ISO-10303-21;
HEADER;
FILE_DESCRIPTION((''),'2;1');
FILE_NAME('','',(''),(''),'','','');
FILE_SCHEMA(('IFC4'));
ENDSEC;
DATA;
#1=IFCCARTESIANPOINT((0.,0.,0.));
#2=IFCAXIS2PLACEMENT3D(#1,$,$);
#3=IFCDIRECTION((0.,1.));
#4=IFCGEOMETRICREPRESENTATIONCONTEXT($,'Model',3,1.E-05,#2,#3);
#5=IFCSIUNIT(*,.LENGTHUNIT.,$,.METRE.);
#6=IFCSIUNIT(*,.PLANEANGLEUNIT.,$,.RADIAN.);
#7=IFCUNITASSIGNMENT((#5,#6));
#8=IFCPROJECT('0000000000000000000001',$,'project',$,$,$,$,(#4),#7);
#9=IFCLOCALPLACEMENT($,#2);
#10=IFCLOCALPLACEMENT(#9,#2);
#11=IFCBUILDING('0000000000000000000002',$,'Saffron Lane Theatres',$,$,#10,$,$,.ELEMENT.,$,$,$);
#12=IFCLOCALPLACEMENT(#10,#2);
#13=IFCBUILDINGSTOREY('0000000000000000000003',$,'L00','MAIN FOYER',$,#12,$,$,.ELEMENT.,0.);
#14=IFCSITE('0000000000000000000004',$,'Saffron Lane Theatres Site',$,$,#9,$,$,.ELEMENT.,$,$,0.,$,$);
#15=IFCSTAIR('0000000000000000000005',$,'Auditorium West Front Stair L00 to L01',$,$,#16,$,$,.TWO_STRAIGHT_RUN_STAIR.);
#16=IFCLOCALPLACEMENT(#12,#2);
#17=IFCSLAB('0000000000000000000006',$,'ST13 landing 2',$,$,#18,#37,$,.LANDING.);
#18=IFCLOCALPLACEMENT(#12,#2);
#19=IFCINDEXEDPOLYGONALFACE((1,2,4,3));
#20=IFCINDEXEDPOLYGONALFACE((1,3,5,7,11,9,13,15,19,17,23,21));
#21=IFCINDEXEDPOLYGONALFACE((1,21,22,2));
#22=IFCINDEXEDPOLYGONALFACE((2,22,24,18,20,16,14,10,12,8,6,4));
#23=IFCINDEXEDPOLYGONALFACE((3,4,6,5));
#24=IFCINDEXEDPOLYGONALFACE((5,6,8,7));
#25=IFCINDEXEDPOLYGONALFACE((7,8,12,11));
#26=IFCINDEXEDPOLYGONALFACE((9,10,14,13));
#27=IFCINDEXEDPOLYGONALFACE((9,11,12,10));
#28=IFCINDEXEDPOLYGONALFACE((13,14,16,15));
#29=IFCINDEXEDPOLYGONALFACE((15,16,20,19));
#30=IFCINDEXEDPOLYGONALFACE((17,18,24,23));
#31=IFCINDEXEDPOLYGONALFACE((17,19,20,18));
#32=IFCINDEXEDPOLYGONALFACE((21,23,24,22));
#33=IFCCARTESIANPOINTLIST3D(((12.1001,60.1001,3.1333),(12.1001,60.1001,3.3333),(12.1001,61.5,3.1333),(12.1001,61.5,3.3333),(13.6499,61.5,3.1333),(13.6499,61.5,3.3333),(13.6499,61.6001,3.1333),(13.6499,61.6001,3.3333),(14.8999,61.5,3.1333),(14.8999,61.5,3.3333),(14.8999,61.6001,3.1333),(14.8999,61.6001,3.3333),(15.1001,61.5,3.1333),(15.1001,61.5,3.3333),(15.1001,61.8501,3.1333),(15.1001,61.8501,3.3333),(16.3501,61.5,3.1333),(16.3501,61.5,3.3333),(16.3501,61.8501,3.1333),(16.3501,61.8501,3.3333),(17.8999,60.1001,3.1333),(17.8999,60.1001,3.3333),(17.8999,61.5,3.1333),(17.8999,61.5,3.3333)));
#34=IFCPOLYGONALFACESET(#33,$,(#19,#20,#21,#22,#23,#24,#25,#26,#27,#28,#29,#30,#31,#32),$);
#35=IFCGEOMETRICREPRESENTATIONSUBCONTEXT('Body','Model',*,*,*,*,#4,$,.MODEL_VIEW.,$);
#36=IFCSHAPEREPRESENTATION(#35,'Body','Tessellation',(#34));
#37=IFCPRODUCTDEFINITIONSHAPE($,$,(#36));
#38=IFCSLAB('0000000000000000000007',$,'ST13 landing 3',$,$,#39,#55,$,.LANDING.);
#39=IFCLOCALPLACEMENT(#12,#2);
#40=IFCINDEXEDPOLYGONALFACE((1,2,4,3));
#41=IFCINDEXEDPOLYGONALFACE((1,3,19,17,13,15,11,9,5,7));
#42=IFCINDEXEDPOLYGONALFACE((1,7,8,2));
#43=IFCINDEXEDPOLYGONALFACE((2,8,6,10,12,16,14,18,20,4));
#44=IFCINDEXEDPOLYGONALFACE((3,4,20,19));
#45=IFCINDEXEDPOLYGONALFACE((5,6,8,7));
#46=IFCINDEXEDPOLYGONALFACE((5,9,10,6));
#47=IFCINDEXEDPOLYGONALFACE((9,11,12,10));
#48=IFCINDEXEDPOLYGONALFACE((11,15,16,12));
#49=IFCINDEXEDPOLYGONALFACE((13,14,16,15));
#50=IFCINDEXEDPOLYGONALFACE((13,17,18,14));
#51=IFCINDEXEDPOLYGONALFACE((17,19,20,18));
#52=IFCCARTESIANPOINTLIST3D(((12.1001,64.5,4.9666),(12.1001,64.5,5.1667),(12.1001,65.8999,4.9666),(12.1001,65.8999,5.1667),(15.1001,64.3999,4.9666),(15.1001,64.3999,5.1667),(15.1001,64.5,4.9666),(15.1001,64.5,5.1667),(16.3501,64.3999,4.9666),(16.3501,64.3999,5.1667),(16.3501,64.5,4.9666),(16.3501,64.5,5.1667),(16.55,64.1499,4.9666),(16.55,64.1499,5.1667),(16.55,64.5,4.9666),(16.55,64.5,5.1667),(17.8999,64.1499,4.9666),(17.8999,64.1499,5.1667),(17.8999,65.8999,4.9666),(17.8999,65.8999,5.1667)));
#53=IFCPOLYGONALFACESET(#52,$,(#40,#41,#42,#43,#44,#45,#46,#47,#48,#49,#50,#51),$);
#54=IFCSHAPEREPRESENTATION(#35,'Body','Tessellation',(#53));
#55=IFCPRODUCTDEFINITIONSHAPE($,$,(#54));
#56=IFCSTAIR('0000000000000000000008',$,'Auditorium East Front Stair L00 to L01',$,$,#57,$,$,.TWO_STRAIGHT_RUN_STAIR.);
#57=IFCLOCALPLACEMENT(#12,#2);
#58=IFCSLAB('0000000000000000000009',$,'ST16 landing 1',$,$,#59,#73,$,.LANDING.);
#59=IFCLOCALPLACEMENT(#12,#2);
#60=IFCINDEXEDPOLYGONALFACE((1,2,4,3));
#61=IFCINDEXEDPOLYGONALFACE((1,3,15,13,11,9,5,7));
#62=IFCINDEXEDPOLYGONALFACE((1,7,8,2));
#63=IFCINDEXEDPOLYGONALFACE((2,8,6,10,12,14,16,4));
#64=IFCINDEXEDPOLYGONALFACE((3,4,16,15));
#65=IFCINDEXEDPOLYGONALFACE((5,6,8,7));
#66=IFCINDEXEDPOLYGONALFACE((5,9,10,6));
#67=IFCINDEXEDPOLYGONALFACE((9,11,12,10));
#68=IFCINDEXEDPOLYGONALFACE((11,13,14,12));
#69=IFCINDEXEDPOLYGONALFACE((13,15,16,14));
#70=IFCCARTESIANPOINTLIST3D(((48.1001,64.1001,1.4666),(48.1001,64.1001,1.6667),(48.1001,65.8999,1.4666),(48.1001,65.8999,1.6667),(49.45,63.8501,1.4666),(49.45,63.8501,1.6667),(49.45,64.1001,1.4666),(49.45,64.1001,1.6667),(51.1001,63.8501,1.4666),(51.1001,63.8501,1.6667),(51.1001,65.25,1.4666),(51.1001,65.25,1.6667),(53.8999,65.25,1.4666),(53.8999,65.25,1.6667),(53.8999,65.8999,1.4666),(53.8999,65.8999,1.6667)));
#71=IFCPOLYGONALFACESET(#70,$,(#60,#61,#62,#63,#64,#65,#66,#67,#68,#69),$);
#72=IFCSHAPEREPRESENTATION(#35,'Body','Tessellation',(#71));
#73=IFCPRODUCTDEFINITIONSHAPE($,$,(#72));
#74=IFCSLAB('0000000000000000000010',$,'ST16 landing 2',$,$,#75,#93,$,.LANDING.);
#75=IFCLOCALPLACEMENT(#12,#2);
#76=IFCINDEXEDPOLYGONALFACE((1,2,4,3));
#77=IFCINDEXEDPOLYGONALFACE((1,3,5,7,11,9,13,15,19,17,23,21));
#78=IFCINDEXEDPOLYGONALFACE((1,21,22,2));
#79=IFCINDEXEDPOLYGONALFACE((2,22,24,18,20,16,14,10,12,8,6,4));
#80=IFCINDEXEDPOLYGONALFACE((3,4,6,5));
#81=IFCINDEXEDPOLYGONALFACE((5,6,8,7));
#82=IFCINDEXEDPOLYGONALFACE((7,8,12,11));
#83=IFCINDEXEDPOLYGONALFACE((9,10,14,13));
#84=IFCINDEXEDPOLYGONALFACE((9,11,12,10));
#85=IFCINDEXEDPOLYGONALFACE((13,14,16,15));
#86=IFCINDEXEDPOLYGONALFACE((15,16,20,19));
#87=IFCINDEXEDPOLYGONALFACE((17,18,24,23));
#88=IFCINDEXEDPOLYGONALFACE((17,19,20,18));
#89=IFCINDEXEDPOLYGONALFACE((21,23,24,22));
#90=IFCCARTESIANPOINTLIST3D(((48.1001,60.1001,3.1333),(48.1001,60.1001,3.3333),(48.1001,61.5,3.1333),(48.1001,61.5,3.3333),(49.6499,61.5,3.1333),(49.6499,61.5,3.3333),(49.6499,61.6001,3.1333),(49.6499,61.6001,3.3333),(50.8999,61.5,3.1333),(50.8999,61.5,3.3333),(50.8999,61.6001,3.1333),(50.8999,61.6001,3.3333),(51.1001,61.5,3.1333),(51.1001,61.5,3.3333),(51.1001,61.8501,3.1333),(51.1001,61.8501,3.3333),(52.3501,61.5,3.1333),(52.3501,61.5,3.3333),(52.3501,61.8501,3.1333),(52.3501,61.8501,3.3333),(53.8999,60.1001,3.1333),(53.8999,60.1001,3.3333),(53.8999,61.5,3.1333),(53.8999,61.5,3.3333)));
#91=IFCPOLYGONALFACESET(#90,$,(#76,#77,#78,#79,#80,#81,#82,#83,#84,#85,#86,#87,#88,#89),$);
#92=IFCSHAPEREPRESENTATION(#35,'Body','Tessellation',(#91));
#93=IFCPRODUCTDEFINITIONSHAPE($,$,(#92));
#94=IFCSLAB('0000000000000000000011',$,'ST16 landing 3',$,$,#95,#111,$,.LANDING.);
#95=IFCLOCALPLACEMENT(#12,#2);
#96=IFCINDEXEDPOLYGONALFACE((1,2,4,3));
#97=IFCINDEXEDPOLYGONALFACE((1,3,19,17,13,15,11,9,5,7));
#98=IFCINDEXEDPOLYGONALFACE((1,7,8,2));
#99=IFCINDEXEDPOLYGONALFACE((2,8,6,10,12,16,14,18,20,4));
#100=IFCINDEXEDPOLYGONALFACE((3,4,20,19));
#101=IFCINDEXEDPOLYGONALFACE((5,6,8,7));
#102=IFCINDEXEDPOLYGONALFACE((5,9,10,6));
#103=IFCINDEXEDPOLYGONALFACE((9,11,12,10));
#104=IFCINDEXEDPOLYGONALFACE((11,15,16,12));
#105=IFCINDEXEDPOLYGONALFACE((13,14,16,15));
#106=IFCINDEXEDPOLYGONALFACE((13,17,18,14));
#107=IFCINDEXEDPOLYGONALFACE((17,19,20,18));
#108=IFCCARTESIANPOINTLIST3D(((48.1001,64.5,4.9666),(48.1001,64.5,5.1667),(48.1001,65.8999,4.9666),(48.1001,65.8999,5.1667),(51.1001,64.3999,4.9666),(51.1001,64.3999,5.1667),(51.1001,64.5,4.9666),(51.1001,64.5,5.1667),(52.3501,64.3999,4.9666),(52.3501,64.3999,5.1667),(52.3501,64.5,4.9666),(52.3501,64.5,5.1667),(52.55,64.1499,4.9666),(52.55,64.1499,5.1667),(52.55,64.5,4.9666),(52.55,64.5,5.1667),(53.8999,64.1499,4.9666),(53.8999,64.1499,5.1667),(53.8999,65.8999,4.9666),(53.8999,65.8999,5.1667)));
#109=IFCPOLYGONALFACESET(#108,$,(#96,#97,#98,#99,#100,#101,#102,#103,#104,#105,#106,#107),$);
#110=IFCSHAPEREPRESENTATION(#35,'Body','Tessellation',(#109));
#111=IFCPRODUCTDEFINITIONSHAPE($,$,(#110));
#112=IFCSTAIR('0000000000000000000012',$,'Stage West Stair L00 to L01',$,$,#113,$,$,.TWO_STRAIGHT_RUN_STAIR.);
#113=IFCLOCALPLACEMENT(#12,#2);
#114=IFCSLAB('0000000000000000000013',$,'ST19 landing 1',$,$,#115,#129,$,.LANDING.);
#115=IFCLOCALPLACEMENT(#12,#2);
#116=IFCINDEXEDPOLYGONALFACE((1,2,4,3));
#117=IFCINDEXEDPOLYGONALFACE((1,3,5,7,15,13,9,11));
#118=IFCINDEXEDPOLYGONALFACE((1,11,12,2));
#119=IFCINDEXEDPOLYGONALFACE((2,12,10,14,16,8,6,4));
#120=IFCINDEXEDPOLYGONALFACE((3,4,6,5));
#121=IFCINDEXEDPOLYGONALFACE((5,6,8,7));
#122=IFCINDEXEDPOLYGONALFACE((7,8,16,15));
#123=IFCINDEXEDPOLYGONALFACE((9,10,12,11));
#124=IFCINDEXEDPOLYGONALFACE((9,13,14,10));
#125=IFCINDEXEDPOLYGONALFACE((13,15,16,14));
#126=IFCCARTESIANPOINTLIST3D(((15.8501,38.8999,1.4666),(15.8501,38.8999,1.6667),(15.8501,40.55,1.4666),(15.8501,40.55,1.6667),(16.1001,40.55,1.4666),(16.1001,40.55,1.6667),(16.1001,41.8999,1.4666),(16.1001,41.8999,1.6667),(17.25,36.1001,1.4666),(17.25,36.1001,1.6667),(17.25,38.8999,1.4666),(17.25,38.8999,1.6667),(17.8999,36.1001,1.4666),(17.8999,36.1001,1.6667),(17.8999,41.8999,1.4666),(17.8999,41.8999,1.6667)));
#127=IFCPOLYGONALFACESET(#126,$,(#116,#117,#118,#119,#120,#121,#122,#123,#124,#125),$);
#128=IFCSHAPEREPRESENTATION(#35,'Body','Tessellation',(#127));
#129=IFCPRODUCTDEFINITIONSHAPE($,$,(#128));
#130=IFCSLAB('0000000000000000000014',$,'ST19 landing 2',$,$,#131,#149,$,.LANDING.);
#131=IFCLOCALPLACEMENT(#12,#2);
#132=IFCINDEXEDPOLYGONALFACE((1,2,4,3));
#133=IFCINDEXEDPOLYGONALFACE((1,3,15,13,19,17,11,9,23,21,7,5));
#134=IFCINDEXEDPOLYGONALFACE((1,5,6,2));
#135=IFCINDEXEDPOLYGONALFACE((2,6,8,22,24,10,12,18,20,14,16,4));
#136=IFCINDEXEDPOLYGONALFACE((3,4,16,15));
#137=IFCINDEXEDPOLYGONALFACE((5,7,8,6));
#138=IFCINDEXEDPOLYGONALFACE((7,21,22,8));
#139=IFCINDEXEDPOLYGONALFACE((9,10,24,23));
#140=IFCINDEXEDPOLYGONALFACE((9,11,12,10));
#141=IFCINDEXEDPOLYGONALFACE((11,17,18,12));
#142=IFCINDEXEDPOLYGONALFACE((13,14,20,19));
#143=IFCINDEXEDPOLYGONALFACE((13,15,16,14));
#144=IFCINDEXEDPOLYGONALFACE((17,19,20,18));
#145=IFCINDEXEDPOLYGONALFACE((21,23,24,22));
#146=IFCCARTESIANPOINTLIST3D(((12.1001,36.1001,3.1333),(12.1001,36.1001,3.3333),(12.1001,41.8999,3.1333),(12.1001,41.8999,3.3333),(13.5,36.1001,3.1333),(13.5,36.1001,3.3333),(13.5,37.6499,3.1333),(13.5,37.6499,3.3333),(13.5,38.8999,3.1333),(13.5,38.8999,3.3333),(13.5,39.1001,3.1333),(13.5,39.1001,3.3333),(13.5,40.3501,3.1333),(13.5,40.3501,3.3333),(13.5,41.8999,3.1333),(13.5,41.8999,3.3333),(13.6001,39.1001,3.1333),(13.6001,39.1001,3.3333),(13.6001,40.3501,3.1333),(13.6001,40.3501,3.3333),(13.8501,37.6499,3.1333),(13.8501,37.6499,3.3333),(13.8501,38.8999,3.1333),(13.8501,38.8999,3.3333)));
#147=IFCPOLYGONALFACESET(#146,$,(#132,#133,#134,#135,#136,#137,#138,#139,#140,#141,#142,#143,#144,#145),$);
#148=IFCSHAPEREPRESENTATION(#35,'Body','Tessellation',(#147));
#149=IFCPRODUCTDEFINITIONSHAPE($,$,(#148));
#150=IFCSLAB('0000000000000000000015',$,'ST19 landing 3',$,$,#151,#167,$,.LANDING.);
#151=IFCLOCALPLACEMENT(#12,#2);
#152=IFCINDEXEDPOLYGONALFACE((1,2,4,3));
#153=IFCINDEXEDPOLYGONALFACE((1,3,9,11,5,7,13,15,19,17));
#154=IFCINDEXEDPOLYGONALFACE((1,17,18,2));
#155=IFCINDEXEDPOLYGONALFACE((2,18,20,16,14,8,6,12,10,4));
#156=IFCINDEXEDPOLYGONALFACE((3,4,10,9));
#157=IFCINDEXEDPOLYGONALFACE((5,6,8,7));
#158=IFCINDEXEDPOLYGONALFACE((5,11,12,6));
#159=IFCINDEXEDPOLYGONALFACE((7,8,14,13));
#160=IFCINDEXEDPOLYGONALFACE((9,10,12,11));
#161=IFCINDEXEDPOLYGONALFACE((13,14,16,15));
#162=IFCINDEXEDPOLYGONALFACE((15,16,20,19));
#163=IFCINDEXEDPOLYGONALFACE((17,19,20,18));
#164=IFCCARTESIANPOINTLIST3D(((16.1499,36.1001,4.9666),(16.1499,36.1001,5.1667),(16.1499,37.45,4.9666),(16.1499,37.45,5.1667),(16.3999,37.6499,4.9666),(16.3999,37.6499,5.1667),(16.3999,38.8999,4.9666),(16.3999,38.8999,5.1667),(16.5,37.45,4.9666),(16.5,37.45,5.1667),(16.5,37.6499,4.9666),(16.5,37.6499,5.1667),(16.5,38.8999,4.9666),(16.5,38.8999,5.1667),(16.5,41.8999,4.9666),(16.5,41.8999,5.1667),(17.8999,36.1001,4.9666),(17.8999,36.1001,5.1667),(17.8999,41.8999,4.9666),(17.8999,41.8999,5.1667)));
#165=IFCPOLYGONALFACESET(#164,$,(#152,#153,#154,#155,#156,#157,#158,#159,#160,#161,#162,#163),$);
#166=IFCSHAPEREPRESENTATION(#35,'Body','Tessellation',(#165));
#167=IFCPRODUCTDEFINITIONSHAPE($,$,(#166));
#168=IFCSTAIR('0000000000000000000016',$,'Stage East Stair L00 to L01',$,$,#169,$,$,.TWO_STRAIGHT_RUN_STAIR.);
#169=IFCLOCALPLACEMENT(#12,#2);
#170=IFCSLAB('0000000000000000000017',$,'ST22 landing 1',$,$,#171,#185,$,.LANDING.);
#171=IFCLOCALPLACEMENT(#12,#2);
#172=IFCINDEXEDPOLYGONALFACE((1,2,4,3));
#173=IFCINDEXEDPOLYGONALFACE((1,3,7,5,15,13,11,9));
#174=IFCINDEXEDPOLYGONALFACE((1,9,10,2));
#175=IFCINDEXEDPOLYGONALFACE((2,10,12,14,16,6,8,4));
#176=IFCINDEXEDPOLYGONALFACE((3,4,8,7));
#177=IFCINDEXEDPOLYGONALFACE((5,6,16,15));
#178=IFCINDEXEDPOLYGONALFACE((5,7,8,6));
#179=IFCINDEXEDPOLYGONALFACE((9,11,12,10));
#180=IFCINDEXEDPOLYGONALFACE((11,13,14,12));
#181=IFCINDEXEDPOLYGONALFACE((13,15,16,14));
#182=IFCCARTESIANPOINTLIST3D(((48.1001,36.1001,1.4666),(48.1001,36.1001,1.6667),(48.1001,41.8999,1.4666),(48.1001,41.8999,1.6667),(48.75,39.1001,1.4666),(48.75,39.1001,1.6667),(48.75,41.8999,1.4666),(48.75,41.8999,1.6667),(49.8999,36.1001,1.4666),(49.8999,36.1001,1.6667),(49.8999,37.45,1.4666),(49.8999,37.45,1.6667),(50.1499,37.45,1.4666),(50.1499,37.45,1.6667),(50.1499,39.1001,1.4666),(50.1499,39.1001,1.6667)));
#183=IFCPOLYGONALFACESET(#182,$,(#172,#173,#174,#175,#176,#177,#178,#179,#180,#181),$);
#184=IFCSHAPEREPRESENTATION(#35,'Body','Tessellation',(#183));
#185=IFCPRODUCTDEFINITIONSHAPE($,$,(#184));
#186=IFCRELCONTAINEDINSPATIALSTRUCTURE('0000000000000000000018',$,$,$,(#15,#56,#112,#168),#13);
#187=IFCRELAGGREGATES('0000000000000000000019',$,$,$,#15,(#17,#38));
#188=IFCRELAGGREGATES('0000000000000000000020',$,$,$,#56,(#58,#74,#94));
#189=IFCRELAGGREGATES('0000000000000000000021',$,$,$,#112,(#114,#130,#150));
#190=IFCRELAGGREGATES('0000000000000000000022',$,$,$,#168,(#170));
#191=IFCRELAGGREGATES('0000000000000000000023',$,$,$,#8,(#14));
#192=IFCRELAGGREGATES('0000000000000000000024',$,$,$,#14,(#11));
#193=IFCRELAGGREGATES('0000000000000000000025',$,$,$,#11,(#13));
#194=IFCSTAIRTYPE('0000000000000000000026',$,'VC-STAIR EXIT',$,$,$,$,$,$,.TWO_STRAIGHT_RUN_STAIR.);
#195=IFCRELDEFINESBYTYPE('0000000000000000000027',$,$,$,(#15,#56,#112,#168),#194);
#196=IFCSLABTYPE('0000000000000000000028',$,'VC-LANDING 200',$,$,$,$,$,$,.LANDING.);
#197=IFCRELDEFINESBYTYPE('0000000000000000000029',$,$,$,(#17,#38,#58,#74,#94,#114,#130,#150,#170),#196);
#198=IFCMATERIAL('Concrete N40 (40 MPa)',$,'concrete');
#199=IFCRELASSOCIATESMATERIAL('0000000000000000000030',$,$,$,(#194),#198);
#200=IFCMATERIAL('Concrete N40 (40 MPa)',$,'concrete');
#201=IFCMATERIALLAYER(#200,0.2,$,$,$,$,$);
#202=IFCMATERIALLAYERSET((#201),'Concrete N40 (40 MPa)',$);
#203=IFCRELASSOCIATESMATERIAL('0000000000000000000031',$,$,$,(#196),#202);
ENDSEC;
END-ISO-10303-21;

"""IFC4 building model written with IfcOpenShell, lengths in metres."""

from ifc_helpers import new_model, si_unit, direction, frame, origin, place, context, subcontext, project, spatial, polyline, outline, extrude, material, layer, layer_set, type_object, element, aggregate, save


model = new_model("IFC4")

# Units and contexts
model_context = context("Model", 3, precision=1e-05, world=origin(), true_north=direction((0.0, 1.0)))
body_context = subcontext(model_context, "Body", "Model", "MODEL_VIEW")
ifc_project = project(units=[si_unit("LENGTHUNIT", "METRE"), si_unit("PLANEANGLEUNIT", "RADIAN")], contexts=[model_context])

# Site, building, storey
site_placement = place(None, origin())
site = spatial("IfcSite", under=ifc_project, at=site_placement, Name="Saffron Lane Theatres Site", CompositionType="ELEMENT", RefElevation=0.0)
building_placement = place(site_placement, origin())
building = spatial("IfcBuilding", under=site, at=building_placement, Name="Saffron Lane Theatres", CompositionType="ELEMENT")
storey_placement = place(building_placement, origin())
storey = spatial("IfcBuildingStorey", under=building, at=storey_placement, Name="L00", Description="MAIN FOYER", CompositionType="ELEMENT", Elevation=0.0)

# Stairs, slabs
ifc_material_1 = material(Name="Concrete N40 (40 MPa)", Category="concrete")
stair_type_1 = type_object("IfcStairType", Name="VC-STAIR EXIT", PredefinedType="TWO_STRAIGHT_RUN_STAIR", material=ifc_material_1)
stair_1_placement = place(storey_placement, origin())
stair_1 = element("IfcStair", 1, at=stair_1_placement, inside=storey, type_object=stair_type_1, Name="Auditorium West Front Stair L00 to L01", PredefinedType="TWO_STRAIGHT_RUN_STAIR")
ifc_material_2 = material(Name="Concrete N40 (40 MPa)", Category="concrete")
ifc_layer_1 = layer(ifc_material_2, 0.2)
ifc_layer_set_1 = layer_set([ifc_layer_1], Name="Concrete N40 (40 MPa)")
slab_type = type_object("IfcSlabType", Name="VC-LANDING 200", PredefinedType="LANDING", material=ifc_layer_set_1)
slab_1_placement = place(storey_placement, frame((0.0, 0.0, 3.1333)))
slab_1 = element("IfcSlab", 2, at=slab_1_placement, type_object=slab_type, Name="ST13 landing 2", PredefinedType="LANDING", context=body_context, shape_type="SweptSolid", body=[
    extrude(outline(polyline([(17.8999, 61.5), (17.8999, 60.1001), (12.1001, 60.1001), (12.1001, 61.5), (13.6499, 61.5), (13.6499, 61.6001), (14.8999, 61.6001), (14.8999, 61.5), (15.1001, 61.5), (15.1001, 61.8501), (16.3501, 61.8501), (16.3501, 61.5), (17.8999, 61.5)])), origin(), (0.0, 0.0, 1.0), 0.2),
])
slab_2_placement = place(storey_placement, frame((0.0, 0.0, 4.9666)))
slab_2 = element("IfcSlab", 3, at=slab_2_placement, type_object=slab_type, Name="ST13 landing 3", PredefinedType="LANDING", context=body_context, shape_type="SweptSolid", body=[
    extrude(outline(polyline([(16.55, 64.5), (16.3501, 64.5), (16.3501, 64.3999), (15.1001, 64.3999), (15.1001, 64.5), (12.1001, 64.5), (12.1001, 65.8999), (17.8999, 65.8999), (17.8999, 64.1499), (16.55, 64.1499), (16.55, 64.5)])), origin(), (0.0, 0.0, 1.0), 0.2002),
])
aggregate(stair_1, [slab_1, slab_2])
stair_2_placement = place(storey_placement, origin())
stair_2 = element("IfcStair", 4, at=stair_2_placement, inside=storey, type_object=stair_type_1, Name="Auditorium East Front Stair L00 to L01", PredefinedType="TWO_STRAIGHT_RUN_STAIR")
slab_3_placement = place(storey_placement, frame((0.0, 0.0, 1.4666)))
slab_3 = element("IfcSlab", 5, at=slab_3_placement, type_object=slab_type, Name="ST16 landing 1", PredefinedType="LANDING", context=body_context, shape_type="SweptSolid", body=[
    extrude(outline(polyline([(51.1001, 63.8501), (49.45, 63.8501), (49.45, 64.1001), (48.1001, 64.1001), (48.1001, 65.8999), (53.8999, 65.8999), (53.8999, 65.25), (51.1001, 65.25), (51.1001, 63.8501)])), origin(), (0.0, 0.0, 1.0), 0.2002),
])
slab_4_placement = place(storey_placement, frame((0.0, 0.0, 3.1333)))
slab_4 = element("IfcSlab", 6, at=slab_4_placement, type_object=slab_type, Name="ST16 landing 2", PredefinedType="LANDING", context=body_context, shape_type="SweptSolid", body=[
    extrude(outline(polyline([(53.8999, 61.5), (53.8999, 60.1001), (48.1001, 60.1001), (48.1001, 61.5), (49.6499, 61.5), (49.6499, 61.6001), (50.8999, 61.6001), (50.8999, 61.5), (51.1001, 61.5), (51.1001, 61.8501), (52.3501, 61.8501), (52.3501, 61.5), (53.8999, 61.5)])), origin(), (0.0, 0.0, 1.0), 0.2),
])
slab_5_placement = place(storey_placement, frame((0.0, 0.0, 4.9666)))
slab_5 = element("IfcSlab", 7, at=slab_5_placement, type_object=slab_type, Name="ST16 landing 3", PredefinedType="LANDING", context=body_context, shape_type="SweptSolid", body=[
    extrude(outline(polyline([(52.55, 64.5), (52.3501, 64.5), (52.3501, 64.3999), (51.1001, 64.3999), (51.1001, 64.5), (48.1001, 64.5), (48.1001, 65.8999), (53.8999, 65.8999), (53.8999, 64.1499), (52.55, 64.1499), (52.55, 64.5)])), origin(), (0.0, 0.0, 1.0), 0.2002),
])
aggregate(stair_2, [slab_3, slab_4, slab_5])
stair_3_placement = place(storey_placement, origin())
stair_3 = element("IfcStair", 8, at=stair_3_placement, inside=storey, type_object=stair_type_1, Name="Stage West Stair L00 to L01", PredefinedType="TWO_STRAIGHT_RUN_STAIR")
slab_6_placement = place(storey_placement, frame((0.0, 0.0, 1.4666)))
slab_6 = element("IfcSlab", 9, at=slab_6_placement, type_object=slab_type, Name="ST19 landing 1", PredefinedType="LANDING", context=body_context, shape_type="SweptSolid", body=[
    extrude(outline(polyline([(15.8501, 38.8999), (15.8501, 40.55), (16.1001, 40.55), (16.1001, 41.8999), (17.8999, 41.8999), (17.8999, 36.1001), (17.25, 36.1001), (17.25, 38.8999), (15.8501, 38.8999)])), origin(), (0.0, 0.0, 1.0), 0.2002),
])
slab_7_placement = place(storey_placement, frame((0.0, 0.0, 3.1333)))
slab_7 = element("IfcSlab", 10, at=slab_7_placement, type_object=slab_type, Name="ST19 landing 2", PredefinedType="LANDING", context=body_context, shape_type="SweptSolid", body=[
    extrude(outline(polyline([(13.5, 36.1001), (12.1001, 36.1001), (12.1001, 41.8999), (13.5, 41.8999), (13.5, 40.3501), (13.6001, 40.3501), (13.6001, 39.1001), (13.5, 39.1001), (13.5, 38.8999), (13.8501, 38.8999), (13.8501, 37.6499), (13.5, 37.6499), (13.5, 36.1001)])), origin(), (0.0, 0.0, 1.0), 0.2),
])
slab_8_placement = place(storey_placement, frame((0.0, 0.0, 4.9666)))
slab_8 = element("IfcSlab", 11, at=slab_8_placement, type_object=slab_type, Name="ST19 landing 3", PredefinedType="LANDING", context=body_context, shape_type="SweptSolid", body=[
    extrude(outline(polyline([(16.5, 37.45), (16.5, 37.6499), (16.3999, 37.6499), (16.3999, 38.8999), (16.5, 38.8999), (16.5, 41.8999), (17.8999, 41.8999), (17.8999, 36.1001), (16.1499, 36.1001), (16.1499, 37.45), (16.5, 37.45)])), origin(), (0.0, 0.0, 1.0), 0.2002),
])
aggregate(stair_3, [slab_6, slab_7, slab_8])
stair_4_placement = place(storey_placement, origin())
stair_4 = element("IfcStair", 12, at=stair_4_placement, inside=storey, type_object=stair_type_1, Name="Stage East Stair L00 to L01", PredefinedType="TWO_STRAIGHT_RUN_STAIR")
slab_9_placement = place(storey_placement, frame((0.0, 0.0, 1.4666)))
slab_9 = element("IfcSlab", 13, at=slab_9_placement, type_object=slab_type, Name="ST22 landing 1", PredefinedType="LANDING", context=body_context, shape_type="SweptSolid", body=[
    extrude(outline(polyline([(50.1499, 39.1001), (50.1499, 37.45), (49.8999, 37.45), (49.8999, 36.1001), (48.1001, 36.1001), (48.1001, 41.8999), (48.75, 41.8999), (48.75, 39.1001), (50.1499, 39.1001)])), origin(), (0.0, 0.0, 1.0), 0.2002),
])
aggregate(stair_4, [slab_9])

save(model, "model.ifc")
